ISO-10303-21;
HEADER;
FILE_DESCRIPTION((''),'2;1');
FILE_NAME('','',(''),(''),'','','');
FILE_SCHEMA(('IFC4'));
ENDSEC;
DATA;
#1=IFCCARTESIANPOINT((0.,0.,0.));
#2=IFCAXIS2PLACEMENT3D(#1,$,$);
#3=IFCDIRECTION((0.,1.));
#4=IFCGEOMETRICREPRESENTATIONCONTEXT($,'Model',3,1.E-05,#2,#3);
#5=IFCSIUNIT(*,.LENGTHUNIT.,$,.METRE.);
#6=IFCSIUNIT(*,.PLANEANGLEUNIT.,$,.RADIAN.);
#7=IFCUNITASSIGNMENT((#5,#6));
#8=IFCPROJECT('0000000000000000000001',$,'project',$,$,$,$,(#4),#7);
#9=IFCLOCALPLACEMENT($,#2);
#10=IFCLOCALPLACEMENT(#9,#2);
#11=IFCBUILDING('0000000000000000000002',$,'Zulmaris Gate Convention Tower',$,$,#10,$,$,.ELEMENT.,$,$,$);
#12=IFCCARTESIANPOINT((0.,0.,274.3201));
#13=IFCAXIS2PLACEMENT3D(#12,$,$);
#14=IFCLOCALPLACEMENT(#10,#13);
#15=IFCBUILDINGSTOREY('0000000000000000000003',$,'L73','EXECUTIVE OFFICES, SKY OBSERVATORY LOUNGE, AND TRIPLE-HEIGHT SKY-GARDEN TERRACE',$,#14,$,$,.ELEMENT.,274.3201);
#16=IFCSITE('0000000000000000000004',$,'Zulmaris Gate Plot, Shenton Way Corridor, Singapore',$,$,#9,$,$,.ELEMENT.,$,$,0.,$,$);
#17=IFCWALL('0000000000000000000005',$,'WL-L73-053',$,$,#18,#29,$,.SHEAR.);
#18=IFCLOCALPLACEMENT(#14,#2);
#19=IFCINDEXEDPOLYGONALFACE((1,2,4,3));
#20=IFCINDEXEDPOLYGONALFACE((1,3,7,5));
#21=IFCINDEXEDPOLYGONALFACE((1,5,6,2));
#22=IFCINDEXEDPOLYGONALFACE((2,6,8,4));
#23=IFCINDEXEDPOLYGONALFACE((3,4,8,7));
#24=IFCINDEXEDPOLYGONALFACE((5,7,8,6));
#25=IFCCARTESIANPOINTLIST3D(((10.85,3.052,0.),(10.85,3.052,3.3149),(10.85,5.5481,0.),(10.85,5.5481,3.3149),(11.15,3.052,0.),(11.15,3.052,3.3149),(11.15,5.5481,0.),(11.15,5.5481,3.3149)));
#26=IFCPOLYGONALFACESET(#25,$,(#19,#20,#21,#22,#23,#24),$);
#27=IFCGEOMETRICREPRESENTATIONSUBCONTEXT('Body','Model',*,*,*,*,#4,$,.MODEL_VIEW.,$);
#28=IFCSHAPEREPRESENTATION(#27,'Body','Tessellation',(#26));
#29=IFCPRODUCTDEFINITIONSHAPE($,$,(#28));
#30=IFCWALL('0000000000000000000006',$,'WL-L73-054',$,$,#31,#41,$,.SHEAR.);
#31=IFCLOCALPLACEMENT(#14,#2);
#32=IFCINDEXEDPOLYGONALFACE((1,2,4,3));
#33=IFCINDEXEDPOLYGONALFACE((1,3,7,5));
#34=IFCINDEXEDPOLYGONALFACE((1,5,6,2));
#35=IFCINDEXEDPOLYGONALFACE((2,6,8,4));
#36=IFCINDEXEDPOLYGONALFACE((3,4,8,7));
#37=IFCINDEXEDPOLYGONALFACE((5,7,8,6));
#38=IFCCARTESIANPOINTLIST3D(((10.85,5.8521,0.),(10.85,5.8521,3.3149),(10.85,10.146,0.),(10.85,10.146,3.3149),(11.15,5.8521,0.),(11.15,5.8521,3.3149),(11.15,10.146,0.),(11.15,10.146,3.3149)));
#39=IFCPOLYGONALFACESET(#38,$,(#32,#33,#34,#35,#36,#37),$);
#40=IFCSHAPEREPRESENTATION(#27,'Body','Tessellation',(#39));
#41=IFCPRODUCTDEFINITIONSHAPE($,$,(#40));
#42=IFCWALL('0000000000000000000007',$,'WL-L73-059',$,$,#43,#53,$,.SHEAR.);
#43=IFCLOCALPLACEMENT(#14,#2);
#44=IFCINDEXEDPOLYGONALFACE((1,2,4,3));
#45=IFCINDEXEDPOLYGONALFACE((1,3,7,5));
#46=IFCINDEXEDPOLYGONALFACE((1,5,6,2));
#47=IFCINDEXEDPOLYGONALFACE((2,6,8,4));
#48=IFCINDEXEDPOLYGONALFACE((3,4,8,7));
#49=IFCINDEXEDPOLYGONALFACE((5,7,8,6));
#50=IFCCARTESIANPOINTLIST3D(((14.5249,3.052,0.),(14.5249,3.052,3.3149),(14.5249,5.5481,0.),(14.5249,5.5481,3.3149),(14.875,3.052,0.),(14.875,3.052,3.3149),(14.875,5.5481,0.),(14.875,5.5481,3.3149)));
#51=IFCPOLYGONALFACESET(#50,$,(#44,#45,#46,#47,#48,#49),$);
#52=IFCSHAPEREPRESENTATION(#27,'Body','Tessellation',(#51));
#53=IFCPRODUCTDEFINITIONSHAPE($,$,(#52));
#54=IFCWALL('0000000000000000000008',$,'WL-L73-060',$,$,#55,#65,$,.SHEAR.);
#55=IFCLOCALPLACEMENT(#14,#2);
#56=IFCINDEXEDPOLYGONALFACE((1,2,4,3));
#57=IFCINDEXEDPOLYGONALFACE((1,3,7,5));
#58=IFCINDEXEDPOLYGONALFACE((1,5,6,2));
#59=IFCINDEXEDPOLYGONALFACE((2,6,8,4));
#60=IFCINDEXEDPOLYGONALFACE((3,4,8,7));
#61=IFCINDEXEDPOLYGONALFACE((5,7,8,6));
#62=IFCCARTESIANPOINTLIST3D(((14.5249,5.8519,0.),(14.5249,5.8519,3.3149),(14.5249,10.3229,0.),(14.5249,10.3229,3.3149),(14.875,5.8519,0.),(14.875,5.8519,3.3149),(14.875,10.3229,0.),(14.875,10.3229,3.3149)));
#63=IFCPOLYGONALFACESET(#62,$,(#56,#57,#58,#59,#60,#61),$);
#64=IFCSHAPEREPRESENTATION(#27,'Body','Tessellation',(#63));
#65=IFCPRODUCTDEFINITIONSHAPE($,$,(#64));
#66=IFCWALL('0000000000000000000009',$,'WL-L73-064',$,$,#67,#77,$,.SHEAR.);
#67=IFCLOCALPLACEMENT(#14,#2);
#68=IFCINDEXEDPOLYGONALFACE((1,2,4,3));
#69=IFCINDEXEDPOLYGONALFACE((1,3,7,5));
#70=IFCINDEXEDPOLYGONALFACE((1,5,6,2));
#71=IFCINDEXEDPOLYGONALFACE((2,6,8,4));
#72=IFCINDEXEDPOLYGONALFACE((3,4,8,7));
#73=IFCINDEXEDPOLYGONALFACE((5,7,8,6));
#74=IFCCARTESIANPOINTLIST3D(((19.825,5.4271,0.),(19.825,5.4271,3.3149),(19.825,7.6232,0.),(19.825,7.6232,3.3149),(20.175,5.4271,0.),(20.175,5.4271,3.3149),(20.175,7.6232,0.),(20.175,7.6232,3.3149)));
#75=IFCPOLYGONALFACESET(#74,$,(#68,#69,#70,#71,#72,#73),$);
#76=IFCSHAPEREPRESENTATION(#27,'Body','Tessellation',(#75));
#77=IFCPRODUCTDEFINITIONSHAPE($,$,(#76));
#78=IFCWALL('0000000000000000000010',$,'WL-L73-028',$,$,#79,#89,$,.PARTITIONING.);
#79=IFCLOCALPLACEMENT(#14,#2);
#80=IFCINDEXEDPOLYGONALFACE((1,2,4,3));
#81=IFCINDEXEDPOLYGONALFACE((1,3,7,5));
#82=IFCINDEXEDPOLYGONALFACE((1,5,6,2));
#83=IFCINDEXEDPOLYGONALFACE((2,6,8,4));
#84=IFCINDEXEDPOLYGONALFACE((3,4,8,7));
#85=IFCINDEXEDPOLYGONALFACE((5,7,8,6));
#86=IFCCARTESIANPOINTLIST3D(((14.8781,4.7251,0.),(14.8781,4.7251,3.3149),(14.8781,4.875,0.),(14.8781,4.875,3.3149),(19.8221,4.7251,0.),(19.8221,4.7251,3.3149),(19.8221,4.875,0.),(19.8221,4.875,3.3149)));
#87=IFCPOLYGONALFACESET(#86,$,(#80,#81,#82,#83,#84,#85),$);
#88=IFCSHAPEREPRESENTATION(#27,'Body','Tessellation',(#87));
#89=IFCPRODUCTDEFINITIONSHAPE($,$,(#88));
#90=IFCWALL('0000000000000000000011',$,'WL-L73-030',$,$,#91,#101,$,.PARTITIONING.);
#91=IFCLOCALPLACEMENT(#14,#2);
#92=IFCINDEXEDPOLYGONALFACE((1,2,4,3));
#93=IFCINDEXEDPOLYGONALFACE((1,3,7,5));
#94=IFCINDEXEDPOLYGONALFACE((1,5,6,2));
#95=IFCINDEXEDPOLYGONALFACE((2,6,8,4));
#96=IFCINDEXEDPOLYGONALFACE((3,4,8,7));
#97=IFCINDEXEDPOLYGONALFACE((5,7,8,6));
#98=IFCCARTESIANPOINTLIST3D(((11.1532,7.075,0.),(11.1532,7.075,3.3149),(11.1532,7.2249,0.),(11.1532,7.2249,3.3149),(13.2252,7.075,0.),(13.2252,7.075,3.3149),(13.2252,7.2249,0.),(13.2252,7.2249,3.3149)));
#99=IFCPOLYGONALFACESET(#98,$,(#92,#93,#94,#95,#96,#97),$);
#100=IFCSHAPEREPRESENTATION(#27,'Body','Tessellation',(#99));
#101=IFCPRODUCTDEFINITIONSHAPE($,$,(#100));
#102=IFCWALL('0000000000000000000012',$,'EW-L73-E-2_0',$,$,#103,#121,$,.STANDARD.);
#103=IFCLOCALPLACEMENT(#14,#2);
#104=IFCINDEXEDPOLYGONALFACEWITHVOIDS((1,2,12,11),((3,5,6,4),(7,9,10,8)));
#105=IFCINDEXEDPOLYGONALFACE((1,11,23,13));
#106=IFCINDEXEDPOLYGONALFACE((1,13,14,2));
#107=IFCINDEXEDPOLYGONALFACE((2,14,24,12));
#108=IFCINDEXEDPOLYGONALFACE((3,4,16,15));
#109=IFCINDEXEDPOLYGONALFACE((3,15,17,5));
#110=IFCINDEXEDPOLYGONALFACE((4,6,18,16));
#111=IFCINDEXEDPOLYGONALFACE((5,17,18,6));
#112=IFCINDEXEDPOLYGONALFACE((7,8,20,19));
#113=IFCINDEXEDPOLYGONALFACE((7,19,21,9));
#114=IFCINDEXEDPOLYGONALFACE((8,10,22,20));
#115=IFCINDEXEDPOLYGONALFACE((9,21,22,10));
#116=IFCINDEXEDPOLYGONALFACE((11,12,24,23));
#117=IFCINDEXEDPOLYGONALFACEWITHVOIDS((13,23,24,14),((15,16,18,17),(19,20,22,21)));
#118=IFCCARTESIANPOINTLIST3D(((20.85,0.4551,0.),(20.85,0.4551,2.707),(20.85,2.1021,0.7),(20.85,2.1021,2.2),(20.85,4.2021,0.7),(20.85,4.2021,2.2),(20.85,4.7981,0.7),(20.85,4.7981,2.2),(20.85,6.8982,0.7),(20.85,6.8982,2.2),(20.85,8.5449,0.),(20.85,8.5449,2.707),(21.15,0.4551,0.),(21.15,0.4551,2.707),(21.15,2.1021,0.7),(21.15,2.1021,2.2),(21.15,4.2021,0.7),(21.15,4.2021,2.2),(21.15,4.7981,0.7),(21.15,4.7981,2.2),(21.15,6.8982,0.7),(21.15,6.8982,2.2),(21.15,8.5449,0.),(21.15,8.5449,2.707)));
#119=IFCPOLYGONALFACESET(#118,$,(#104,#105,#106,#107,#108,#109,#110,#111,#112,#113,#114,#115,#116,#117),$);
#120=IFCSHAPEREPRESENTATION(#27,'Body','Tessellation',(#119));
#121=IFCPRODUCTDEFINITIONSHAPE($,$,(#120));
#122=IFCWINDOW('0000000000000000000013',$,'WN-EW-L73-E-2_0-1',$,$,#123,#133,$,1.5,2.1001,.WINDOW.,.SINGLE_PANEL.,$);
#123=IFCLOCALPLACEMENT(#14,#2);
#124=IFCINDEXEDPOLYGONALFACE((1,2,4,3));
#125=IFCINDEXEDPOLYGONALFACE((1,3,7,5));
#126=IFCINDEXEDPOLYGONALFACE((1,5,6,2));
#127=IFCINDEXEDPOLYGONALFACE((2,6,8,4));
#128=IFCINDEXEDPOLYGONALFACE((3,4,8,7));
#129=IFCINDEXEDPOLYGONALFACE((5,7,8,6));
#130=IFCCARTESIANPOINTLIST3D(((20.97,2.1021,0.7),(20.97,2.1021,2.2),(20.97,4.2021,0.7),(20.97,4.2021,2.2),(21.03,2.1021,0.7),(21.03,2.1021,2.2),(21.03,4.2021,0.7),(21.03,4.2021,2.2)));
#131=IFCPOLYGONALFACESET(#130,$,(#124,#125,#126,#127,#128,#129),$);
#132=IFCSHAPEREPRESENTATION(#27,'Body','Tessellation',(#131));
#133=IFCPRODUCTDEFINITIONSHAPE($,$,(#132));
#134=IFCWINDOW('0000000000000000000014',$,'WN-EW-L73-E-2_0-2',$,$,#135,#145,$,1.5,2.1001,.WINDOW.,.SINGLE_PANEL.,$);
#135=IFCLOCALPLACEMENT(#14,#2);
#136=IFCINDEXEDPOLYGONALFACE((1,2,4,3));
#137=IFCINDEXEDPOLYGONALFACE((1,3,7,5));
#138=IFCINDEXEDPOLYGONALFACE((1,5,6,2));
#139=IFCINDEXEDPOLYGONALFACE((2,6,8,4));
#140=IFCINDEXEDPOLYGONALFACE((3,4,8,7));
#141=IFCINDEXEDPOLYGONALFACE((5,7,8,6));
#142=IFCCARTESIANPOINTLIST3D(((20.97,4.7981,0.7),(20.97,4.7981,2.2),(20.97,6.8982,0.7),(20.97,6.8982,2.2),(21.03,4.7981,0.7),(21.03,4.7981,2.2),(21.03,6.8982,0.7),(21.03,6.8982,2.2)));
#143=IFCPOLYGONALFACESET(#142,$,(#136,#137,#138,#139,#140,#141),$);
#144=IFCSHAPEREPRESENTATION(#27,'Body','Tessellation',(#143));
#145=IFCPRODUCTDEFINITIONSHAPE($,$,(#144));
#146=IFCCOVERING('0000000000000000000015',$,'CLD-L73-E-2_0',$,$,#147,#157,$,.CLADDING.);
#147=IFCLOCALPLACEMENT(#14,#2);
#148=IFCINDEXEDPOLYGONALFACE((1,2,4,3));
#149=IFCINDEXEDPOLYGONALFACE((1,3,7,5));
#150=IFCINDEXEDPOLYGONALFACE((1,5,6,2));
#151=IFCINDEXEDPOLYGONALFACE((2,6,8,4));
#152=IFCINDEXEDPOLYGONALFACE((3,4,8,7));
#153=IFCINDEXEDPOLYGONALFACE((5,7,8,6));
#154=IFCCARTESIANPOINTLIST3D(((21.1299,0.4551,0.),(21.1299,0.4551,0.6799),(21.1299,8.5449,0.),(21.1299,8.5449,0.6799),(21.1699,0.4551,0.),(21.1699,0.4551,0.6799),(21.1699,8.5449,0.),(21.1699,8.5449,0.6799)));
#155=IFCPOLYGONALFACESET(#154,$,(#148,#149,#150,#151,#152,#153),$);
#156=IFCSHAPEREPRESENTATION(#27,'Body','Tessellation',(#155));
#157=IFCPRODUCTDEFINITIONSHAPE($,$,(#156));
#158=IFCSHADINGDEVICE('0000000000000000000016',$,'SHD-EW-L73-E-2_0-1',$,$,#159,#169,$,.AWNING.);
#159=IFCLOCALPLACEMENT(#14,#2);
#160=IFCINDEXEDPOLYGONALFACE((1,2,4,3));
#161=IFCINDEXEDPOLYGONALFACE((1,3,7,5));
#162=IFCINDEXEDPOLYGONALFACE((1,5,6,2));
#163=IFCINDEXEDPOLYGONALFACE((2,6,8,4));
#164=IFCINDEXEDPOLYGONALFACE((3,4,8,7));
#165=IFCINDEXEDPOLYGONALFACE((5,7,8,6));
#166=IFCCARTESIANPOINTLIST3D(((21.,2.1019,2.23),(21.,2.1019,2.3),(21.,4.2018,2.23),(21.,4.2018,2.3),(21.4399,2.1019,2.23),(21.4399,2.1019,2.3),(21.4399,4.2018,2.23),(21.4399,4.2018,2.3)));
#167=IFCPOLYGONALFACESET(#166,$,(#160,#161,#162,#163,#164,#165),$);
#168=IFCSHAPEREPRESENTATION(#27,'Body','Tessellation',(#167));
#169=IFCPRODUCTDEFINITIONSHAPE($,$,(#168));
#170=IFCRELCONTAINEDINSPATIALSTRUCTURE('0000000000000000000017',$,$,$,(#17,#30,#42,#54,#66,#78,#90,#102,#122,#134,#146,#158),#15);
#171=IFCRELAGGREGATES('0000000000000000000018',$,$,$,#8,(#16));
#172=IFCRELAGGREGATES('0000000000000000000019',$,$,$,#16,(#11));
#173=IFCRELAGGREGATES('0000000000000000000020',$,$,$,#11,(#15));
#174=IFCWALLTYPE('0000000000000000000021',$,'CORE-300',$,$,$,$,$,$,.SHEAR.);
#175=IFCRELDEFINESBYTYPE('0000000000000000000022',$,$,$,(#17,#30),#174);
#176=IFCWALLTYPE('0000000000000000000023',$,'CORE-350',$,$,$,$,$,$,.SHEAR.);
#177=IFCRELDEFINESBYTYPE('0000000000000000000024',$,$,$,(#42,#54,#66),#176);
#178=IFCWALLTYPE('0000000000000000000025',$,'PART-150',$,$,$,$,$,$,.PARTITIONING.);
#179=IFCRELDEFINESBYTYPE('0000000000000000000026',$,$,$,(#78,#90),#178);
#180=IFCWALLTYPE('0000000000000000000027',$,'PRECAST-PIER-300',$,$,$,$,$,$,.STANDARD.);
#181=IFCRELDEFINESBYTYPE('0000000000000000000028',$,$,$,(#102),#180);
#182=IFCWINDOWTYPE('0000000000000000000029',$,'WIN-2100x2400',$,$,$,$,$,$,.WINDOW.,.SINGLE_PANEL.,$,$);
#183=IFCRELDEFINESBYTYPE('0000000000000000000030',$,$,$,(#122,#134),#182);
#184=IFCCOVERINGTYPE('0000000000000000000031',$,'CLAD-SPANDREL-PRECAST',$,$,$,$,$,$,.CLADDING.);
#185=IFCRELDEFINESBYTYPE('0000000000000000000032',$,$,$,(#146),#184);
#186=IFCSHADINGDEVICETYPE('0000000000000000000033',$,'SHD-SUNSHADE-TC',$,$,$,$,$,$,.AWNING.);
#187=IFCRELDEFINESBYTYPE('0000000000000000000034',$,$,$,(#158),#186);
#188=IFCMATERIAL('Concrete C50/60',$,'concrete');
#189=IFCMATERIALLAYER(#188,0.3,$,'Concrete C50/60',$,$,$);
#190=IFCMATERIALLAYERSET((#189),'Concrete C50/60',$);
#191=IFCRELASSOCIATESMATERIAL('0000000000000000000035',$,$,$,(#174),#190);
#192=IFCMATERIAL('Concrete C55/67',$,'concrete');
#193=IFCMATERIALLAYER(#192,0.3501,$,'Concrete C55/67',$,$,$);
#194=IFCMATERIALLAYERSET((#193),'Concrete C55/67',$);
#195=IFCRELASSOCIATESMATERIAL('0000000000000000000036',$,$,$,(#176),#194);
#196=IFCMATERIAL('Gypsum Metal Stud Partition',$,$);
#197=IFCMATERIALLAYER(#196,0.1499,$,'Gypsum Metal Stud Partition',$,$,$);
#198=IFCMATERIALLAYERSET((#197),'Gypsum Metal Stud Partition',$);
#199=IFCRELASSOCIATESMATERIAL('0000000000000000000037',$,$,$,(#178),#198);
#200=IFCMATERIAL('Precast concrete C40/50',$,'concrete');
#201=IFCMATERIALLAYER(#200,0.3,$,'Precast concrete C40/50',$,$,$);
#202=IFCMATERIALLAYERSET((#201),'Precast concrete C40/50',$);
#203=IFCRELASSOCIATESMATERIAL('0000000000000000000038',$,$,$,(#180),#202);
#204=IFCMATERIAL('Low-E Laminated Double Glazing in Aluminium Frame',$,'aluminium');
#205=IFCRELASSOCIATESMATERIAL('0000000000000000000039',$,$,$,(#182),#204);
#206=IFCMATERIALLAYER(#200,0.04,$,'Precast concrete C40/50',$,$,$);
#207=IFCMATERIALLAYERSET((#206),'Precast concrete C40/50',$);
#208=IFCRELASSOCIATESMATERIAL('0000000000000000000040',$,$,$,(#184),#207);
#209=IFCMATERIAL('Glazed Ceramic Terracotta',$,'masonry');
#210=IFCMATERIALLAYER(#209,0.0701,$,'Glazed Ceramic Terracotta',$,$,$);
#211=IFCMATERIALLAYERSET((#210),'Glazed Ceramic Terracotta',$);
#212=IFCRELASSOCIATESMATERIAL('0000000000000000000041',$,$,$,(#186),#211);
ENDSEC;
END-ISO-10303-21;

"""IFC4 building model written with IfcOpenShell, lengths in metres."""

from ifc_helpers import new_model, si_unit, direction, frame, frame_2d, origin, place, context, subcontext, project, spatial, rectangle, extrude, material, layer, layer_set, type_object, element, fill, save


model = new_model("IFC4")

# Units and contexts
model_context = context("Model", 3, precision=1e-05, world=origin(), true_north=direction((0.0, 1.0)))
body_context = subcontext(model_context, "Body", "Model", "MODEL_VIEW")
ifc_project = project(units=[si_unit("LENGTHUNIT", "METRE"), si_unit("PLANEANGLEUNIT", "RADIAN")], contexts=[model_context])

# Site, building, storey
site_placement = place(None, origin())
site = spatial("IfcSite", under=ifc_project, at=site_placement, Name="Zulmaris Gate Plot, Shenton Way Corridor, Singapore", CompositionType="ELEMENT", RefElevation=0.0)
building_placement = place(site_placement, origin())
building = spatial("IfcBuilding", under=site, at=building_placement, Name="Zulmaris Gate Convention Tower", CompositionType="ELEMENT")
storey_placement = place(building_placement, frame((0.0, 0.0, 274.3201)))
storey = spatial("IfcBuildingStorey", under=building, at=storey_placement, Name="L73", Description="EXECUTIVE OFFICES, SKY OBSERVATORY LOUNGE, AND TRIPLE-HEIGHT SKY-GARDEN TERRACE", CompositionType="ELEMENT", Elevation=274.3201)

# Shared definitions
ifc_material_1 = material(Name="Concrete C50/60", Category="concrete")

# Shared definitions
ifc_layer_1 = layer(ifc_material_1, 0.3, Name="Concrete C50/60")
ifc_layer_set_1 = layer_set([ifc_layer_1], Name="Concrete C50/60")
wall_type_1 = type_object("IfcWallType", Name="CORE-300", PredefinedType="SHEAR", material=ifc_layer_set_1)

# Walls
wall_1_placement = place(storey_placement, frame((11.0, 3.052, 0.0), z_axis=(0.0, 0.0, 1.0), x_axis=(0.0, 1.0, 0.0)))
element("IfcWall", 1, at=wall_1_placement, inside=storey, type_object=wall_type_1, Name="WL-L73-053", PredefinedType="SHEAR", context=body_context, shape_type="SweptSolid", body=[
    extrude(rectangle(XDim=2.4961, YDim=0.3, at=frame_2d((1.248, 0.0))), origin(), (0.0, 0.0, 1.0), 3.3149),
])
wall_2_placement = place(storey_placement, frame((11.0, 5.8521, 0.0), z_axis=(0.0, 0.0, 1.0), x_axis=(0.0, 1.0, 0.0)))
element("IfcWall", 2, at=wall_2_placement, inside=storey, type_object=wall_type_1, Name="WL-L73-054", PredefinedType="SHEAR", context=body_context, shape_type="SweptSolid", body=[
    extrude(rectangle(XDim=4.2939, YDim=0.3, at=frame_2d((2.147, 0.0))), origin(), (0.0, 0.0, 1.0), 3.3149),
])
ifc_material_2 = material(Name="Concrete C55/67", Category="concrete")
ifc_layer_2 = layer(ifc_material_2, 0.3501, Name="Concrete C55/67")
ifc_layer_set_2 = layer_set([ifc_layer_2], Name="Concrete C55/67")
wall_type_2 = type_object("IfcWallType", Name="CORE-350", PredefinedType="SHEAR", material=ifc_layer_set_2)
wall_3_placement = place(storey_placement, frame((14.7, 3.052, 0.0), z_axis=(0.0, 0.0, 1.0), x_axis=(0.0, 1.0, 0.0)))
element("IfcWall", 3, at=wall_3_placement, inside=storey, type_object=wall_type_2, Name="WL-L73-059", PredefinedType="SHEAR", context=body_context, shape_type="SweptSolid", body=[
    extrude(rectangle(XDim=2.4961, YDim=0.3501, at=frame_2d((1.248, 0.0))), origin(), (0.0, 0.0, 1.0), 3.3149),
])
wall_4_placement = place(storey_placement, frame((14.7, 5.8521, 0.0), z_axis=(0.0, 0.0, 1.0), x_axis=(0.0, 1.0, 0.0)))
element("IfcWall", 4, at=wall_4_placement, inside=storey, type_object=wall_type_2, Name="WL-L73-060", PredefinedType="SHEAR", context=body_context, shape_type="SweptSolid", body=[
    extrude(rectangle(XDim=4.4709, YDim=0.3501, at=frame_2d((2.2354, 0.0))), origin(), (0.0, 0.0, 1.0), 3.3149),
])
wall_5_placement = place(storey_placement, frame((20.0, 5.427, 0.0), z_axis=(0.0, 0.0, 1.0), x_axis=(0.0, 1.0, 0.0)))
element("IfcWall", 5, at=wall_5_placement, inside=storey, type_object=wall_type_2, Name="WL-L73-064", PredefinedType="SHEAR", context=body_context, shape_type="SweptSolid", body=[
    extrude(rectangle(XDim=2.196, YDim=0.3501, at=frame_2d((1.0981, 0.0))), origin(), (0.0, 0.0, 1.0), 3.3149),
])
ifc_material_3 = material(Name="Gypsum Metal Stud Partition")
ifc_layer_3 = layer(ifc_material_3, 0.1499, Name="Gypsum Metal Stud Partition")
ifc_layer_set_3 = layer_set([ifc_layer_3], Name="Gypsum Metal Stud Partition")
wall_type_3 = type_object("IfcWallType", Name="PART-150", PredefinedType="PARTITIONING", material=ifc_layer_set_3)
wall_6_placement = place(storey_placement, frame((14.8779, 4.8, 0.0), z_axis=(0.0, 0.0, 1.0), x_axis=(1.0, 0.0, 0.0)))
element("IfcWall", 6, at=wall_6_placement, inside=storey, type_object=wall_type_3, Name="WL-L73-028", PredefinedType="PARTITIONING", context=body_context, shape_type="SweptSolid", body=[
    extrude(rectangle(XDim=4.9441, YDim=0.1499, at=frame_2d((2.4722, 0.0))), origin(), (0.0, 0.0, 1.0), 3.3149),
])
wall_7_placement = place(storey_placement, frame((11.1531, 7.1499, 0.0), z_axis=(0.0, 0.0, 1.0), x_axis=(1.0, 0.0, 0.0)))
element("IfcWall", 7, at=wall_7_placement, inside=storey, type_object=wall_type_3, Name="WL-L73-030", PredefinedType="PARTITIONING", context=body_context, shape_type="SweptSolid", body=[
    extrude(rectangle(XDim=2.072, YDim=0.1499, at=frame_2d((1.0361, 0.0))), origin(), (0.0, 0.0, 1.0), 3.3149),
])

# Wall, openings, windows
ifc_material_4 = material(Name="Precast concrete C40/50", Category="concrete")
ifc_layer_4 = layer(ifc_material_4, 0.3, Name="Precast concrete C40/50")
ifc_layer_set_4 = layer_set([ifc_layer_4], Name="Precast concrete C40/50")
wall_type_4 = type_object("IfcWallType", Name="PRECAST-PIER-300", PredefinedType="STANDARD", material=ifc_layer_set_4)
wall_8_placement = place(storey_placement, frame((21.0, 0.4551, 0.0), z_axis=(0.0, 0.0, 1.0), x_axis=(0.0, 1.0, 0.0)))
wall_8 = element("IfcWall", 8, at=wall_8_placement, inside=storey, type_object=wall_type_4, Name="EW-L73-E-2_0", PredefinedType="STANDARD", context=body_context, shape_type="SweptSolid", body=[
    extrude(rectangle(XDim=8.0898, YDim=0.3, at=frame_2d((4.0449, 0.0))), origin(), (0.0, 0.0, 1.0), 2.707),
])
opening_1_placement = place(wall_8_placement, frame((1.647, 0.0, 0.7)))
opening_1 = element("IfcOpeningElement", 9, at=opening_1_placement, cuts=wall_8, PredefinedType="OPENING", context=body_context, shape_type="SweptSolid", body=[
    extrude(rectangle(XDim=2.1001, YDim=1.5, at=frame_2d((1.05, 0.75))), frame((0.0, 0.1602, 0.0), z_axis=(0.0, -1.0, 0.0), x_axis=(1.0, 0.0, 0.0)), (0.0, 0.0, 1.0), 0.3201),
])
opening_2_placement = place(wall_8_placement, frame((4.343, 0.0, 0.7)))
opening_2 = element("IfcOpeningElement", 10, at=opening_2_placement, cuts=wall_8, PredefinedType="OPENING", context=body_context, shape_type="SweptSolid", body=[
    extrude(rectangle(XDim=2.1001, YDim=1.5, at=frame_2d((1.05, 0.75))), frame((0.0, 0.1602, 0.0), z_axis=(0.0, -1.0, 0.0), x_axis=(1.0, 0.0, 0.0)), (0.0, 0.0, 1.0), 0.3201),
])
ifc_material_5 = material(Name="Low-E Laminated Double Glazing in Aluminium Frame", Category="aluminium")
window_type = type_object("IfcWindowType", Name="WIN-2100x2400", PartitioningType="SINGLE_PANEL", PredefinedType="WINDOW", material=ifc_material_5)
window_1_placement = place(opening_1_placement, origin())
window_1 = element("IfcWindow", 11, at=window_1_placement, inside=storey, type_object=window_type, Name="WN-EW-L73-E-2_0-1", OverallHeight=1.5, OverallWidth=2.1001, PartitioningType="SINGLE_PANEL", PredefinedType="WINDOW", context=body_context, shape_type="SweptSolid", body=[
    extrude(rectangle(XDim=2.1001, YDim=1.5, at=frame_2d((1.05, 0.75))), frame((0.0, 0.03, 0.0), z_axis=(0.0, -1.0, 0.0), x_axis=(1.0, 0.0, 0.0)), (0.0, 0.0, 1.0), 0.0601),
])
fill(opening_1, window_1)
window_2_placement = place(opening_2_placement, origin())
window_2 = element("IfcWindow", 12, at=window_2_placement, inside=storey, type_object=window_type, Name="WN-EW-L73-E-2_0-2", OverallHeight=1.5, OverallWidth=2.1001, PartitioningType="SINGLE_PANEL", PredefinedType="WINDOW", context=body_context, shape_type="SweptSolid", body=[
    extrude(rectangle(XDim=2.1001, YDim=1.5, at=frame_2d((1.05, 0.75))), frame((0.0, 0.03, 0.0), z_axis=(0.0, -1.0, 0.0), x_axis=(1.0, 0.0, 0.0)), (0.0, 0.0, 1.0), 0.0601),
])
fill(opening_2, window_2)

# Covering
ifc_layer_5 = layer(ifc_material_4, 0.04, Name="Precast concrete C40/50")
ifc_layer_set_5 = layer_set([ifc_layer_5], Name="Precast concrete C40/50")
covering_type = type_object("IfcCoveringType", Name="CLAD-SPANDREL-PRECAST", PredefinedType="CLADDING", material=ifc_layer_set_5)
covering_placement = place(storey_placement, frame((21.1499, 0.4551, 0.0), z_axis=(0.0, 0.0, 1.0), x_axis=(0.0, 1.0, 0.0)))
element("IfcCovering", 13, at=covering_placement, inside=storey, type_object=covering_type, Name="CLD-L73-E-2_0", PredefinedType="CLADDING", context=body_context, shape_type="SweptSolid", body=[
    extrude(rectangle(XDim=8.0898, YDim=0.04, at=frame_2d((4.0449, 0.0))), origin(), (0.0, 0.0, 1.0), 0.6799),
])

# Shading device
ifc_material_6 = material(Name="Glazed Ceramic Terracotta", Category="masonry")
ifc_layer_6 = layer(ifc_material_6, 0.0701, Name="Glazed Ceramic Terracotta")
ifc_layer_set_6 = layer_set([ifc_layer_6], Name="Glazed Ceramic Terracotta")
shading_device_type = type_object("IfcShadingDeviceType", Name="SHD-SUNSHADE-TC", PredefinedType="AWNING", material=ifc_layer_set_6)
for number, where, z_axis, x_axis, name in (
    (14, (21.22, 2.1021, 2.23), (0.0, 0.0, 1.0), (0.0, 1.0, 0.0), "SHD-EW-L73-E-2_0-1"),
):
    element("IfcShadingDevice", number, at=place(storey_placement, frame(where, z_axis=z_axis, x_axis=x_axis)), inside=storey, type_object=shading_device_type, Name=name, PredefinedType="AWNING", context=body_context, shape_type="SweptSolid", body=[
        extrude(rectangle(XDim=2.0999, YDim=0.4399, at=frame_2d((1.0498, 0.0))), origin(), (0.0, 0.0, 1.0), 0.0701),
    ])

save(model, "model.ifc")
